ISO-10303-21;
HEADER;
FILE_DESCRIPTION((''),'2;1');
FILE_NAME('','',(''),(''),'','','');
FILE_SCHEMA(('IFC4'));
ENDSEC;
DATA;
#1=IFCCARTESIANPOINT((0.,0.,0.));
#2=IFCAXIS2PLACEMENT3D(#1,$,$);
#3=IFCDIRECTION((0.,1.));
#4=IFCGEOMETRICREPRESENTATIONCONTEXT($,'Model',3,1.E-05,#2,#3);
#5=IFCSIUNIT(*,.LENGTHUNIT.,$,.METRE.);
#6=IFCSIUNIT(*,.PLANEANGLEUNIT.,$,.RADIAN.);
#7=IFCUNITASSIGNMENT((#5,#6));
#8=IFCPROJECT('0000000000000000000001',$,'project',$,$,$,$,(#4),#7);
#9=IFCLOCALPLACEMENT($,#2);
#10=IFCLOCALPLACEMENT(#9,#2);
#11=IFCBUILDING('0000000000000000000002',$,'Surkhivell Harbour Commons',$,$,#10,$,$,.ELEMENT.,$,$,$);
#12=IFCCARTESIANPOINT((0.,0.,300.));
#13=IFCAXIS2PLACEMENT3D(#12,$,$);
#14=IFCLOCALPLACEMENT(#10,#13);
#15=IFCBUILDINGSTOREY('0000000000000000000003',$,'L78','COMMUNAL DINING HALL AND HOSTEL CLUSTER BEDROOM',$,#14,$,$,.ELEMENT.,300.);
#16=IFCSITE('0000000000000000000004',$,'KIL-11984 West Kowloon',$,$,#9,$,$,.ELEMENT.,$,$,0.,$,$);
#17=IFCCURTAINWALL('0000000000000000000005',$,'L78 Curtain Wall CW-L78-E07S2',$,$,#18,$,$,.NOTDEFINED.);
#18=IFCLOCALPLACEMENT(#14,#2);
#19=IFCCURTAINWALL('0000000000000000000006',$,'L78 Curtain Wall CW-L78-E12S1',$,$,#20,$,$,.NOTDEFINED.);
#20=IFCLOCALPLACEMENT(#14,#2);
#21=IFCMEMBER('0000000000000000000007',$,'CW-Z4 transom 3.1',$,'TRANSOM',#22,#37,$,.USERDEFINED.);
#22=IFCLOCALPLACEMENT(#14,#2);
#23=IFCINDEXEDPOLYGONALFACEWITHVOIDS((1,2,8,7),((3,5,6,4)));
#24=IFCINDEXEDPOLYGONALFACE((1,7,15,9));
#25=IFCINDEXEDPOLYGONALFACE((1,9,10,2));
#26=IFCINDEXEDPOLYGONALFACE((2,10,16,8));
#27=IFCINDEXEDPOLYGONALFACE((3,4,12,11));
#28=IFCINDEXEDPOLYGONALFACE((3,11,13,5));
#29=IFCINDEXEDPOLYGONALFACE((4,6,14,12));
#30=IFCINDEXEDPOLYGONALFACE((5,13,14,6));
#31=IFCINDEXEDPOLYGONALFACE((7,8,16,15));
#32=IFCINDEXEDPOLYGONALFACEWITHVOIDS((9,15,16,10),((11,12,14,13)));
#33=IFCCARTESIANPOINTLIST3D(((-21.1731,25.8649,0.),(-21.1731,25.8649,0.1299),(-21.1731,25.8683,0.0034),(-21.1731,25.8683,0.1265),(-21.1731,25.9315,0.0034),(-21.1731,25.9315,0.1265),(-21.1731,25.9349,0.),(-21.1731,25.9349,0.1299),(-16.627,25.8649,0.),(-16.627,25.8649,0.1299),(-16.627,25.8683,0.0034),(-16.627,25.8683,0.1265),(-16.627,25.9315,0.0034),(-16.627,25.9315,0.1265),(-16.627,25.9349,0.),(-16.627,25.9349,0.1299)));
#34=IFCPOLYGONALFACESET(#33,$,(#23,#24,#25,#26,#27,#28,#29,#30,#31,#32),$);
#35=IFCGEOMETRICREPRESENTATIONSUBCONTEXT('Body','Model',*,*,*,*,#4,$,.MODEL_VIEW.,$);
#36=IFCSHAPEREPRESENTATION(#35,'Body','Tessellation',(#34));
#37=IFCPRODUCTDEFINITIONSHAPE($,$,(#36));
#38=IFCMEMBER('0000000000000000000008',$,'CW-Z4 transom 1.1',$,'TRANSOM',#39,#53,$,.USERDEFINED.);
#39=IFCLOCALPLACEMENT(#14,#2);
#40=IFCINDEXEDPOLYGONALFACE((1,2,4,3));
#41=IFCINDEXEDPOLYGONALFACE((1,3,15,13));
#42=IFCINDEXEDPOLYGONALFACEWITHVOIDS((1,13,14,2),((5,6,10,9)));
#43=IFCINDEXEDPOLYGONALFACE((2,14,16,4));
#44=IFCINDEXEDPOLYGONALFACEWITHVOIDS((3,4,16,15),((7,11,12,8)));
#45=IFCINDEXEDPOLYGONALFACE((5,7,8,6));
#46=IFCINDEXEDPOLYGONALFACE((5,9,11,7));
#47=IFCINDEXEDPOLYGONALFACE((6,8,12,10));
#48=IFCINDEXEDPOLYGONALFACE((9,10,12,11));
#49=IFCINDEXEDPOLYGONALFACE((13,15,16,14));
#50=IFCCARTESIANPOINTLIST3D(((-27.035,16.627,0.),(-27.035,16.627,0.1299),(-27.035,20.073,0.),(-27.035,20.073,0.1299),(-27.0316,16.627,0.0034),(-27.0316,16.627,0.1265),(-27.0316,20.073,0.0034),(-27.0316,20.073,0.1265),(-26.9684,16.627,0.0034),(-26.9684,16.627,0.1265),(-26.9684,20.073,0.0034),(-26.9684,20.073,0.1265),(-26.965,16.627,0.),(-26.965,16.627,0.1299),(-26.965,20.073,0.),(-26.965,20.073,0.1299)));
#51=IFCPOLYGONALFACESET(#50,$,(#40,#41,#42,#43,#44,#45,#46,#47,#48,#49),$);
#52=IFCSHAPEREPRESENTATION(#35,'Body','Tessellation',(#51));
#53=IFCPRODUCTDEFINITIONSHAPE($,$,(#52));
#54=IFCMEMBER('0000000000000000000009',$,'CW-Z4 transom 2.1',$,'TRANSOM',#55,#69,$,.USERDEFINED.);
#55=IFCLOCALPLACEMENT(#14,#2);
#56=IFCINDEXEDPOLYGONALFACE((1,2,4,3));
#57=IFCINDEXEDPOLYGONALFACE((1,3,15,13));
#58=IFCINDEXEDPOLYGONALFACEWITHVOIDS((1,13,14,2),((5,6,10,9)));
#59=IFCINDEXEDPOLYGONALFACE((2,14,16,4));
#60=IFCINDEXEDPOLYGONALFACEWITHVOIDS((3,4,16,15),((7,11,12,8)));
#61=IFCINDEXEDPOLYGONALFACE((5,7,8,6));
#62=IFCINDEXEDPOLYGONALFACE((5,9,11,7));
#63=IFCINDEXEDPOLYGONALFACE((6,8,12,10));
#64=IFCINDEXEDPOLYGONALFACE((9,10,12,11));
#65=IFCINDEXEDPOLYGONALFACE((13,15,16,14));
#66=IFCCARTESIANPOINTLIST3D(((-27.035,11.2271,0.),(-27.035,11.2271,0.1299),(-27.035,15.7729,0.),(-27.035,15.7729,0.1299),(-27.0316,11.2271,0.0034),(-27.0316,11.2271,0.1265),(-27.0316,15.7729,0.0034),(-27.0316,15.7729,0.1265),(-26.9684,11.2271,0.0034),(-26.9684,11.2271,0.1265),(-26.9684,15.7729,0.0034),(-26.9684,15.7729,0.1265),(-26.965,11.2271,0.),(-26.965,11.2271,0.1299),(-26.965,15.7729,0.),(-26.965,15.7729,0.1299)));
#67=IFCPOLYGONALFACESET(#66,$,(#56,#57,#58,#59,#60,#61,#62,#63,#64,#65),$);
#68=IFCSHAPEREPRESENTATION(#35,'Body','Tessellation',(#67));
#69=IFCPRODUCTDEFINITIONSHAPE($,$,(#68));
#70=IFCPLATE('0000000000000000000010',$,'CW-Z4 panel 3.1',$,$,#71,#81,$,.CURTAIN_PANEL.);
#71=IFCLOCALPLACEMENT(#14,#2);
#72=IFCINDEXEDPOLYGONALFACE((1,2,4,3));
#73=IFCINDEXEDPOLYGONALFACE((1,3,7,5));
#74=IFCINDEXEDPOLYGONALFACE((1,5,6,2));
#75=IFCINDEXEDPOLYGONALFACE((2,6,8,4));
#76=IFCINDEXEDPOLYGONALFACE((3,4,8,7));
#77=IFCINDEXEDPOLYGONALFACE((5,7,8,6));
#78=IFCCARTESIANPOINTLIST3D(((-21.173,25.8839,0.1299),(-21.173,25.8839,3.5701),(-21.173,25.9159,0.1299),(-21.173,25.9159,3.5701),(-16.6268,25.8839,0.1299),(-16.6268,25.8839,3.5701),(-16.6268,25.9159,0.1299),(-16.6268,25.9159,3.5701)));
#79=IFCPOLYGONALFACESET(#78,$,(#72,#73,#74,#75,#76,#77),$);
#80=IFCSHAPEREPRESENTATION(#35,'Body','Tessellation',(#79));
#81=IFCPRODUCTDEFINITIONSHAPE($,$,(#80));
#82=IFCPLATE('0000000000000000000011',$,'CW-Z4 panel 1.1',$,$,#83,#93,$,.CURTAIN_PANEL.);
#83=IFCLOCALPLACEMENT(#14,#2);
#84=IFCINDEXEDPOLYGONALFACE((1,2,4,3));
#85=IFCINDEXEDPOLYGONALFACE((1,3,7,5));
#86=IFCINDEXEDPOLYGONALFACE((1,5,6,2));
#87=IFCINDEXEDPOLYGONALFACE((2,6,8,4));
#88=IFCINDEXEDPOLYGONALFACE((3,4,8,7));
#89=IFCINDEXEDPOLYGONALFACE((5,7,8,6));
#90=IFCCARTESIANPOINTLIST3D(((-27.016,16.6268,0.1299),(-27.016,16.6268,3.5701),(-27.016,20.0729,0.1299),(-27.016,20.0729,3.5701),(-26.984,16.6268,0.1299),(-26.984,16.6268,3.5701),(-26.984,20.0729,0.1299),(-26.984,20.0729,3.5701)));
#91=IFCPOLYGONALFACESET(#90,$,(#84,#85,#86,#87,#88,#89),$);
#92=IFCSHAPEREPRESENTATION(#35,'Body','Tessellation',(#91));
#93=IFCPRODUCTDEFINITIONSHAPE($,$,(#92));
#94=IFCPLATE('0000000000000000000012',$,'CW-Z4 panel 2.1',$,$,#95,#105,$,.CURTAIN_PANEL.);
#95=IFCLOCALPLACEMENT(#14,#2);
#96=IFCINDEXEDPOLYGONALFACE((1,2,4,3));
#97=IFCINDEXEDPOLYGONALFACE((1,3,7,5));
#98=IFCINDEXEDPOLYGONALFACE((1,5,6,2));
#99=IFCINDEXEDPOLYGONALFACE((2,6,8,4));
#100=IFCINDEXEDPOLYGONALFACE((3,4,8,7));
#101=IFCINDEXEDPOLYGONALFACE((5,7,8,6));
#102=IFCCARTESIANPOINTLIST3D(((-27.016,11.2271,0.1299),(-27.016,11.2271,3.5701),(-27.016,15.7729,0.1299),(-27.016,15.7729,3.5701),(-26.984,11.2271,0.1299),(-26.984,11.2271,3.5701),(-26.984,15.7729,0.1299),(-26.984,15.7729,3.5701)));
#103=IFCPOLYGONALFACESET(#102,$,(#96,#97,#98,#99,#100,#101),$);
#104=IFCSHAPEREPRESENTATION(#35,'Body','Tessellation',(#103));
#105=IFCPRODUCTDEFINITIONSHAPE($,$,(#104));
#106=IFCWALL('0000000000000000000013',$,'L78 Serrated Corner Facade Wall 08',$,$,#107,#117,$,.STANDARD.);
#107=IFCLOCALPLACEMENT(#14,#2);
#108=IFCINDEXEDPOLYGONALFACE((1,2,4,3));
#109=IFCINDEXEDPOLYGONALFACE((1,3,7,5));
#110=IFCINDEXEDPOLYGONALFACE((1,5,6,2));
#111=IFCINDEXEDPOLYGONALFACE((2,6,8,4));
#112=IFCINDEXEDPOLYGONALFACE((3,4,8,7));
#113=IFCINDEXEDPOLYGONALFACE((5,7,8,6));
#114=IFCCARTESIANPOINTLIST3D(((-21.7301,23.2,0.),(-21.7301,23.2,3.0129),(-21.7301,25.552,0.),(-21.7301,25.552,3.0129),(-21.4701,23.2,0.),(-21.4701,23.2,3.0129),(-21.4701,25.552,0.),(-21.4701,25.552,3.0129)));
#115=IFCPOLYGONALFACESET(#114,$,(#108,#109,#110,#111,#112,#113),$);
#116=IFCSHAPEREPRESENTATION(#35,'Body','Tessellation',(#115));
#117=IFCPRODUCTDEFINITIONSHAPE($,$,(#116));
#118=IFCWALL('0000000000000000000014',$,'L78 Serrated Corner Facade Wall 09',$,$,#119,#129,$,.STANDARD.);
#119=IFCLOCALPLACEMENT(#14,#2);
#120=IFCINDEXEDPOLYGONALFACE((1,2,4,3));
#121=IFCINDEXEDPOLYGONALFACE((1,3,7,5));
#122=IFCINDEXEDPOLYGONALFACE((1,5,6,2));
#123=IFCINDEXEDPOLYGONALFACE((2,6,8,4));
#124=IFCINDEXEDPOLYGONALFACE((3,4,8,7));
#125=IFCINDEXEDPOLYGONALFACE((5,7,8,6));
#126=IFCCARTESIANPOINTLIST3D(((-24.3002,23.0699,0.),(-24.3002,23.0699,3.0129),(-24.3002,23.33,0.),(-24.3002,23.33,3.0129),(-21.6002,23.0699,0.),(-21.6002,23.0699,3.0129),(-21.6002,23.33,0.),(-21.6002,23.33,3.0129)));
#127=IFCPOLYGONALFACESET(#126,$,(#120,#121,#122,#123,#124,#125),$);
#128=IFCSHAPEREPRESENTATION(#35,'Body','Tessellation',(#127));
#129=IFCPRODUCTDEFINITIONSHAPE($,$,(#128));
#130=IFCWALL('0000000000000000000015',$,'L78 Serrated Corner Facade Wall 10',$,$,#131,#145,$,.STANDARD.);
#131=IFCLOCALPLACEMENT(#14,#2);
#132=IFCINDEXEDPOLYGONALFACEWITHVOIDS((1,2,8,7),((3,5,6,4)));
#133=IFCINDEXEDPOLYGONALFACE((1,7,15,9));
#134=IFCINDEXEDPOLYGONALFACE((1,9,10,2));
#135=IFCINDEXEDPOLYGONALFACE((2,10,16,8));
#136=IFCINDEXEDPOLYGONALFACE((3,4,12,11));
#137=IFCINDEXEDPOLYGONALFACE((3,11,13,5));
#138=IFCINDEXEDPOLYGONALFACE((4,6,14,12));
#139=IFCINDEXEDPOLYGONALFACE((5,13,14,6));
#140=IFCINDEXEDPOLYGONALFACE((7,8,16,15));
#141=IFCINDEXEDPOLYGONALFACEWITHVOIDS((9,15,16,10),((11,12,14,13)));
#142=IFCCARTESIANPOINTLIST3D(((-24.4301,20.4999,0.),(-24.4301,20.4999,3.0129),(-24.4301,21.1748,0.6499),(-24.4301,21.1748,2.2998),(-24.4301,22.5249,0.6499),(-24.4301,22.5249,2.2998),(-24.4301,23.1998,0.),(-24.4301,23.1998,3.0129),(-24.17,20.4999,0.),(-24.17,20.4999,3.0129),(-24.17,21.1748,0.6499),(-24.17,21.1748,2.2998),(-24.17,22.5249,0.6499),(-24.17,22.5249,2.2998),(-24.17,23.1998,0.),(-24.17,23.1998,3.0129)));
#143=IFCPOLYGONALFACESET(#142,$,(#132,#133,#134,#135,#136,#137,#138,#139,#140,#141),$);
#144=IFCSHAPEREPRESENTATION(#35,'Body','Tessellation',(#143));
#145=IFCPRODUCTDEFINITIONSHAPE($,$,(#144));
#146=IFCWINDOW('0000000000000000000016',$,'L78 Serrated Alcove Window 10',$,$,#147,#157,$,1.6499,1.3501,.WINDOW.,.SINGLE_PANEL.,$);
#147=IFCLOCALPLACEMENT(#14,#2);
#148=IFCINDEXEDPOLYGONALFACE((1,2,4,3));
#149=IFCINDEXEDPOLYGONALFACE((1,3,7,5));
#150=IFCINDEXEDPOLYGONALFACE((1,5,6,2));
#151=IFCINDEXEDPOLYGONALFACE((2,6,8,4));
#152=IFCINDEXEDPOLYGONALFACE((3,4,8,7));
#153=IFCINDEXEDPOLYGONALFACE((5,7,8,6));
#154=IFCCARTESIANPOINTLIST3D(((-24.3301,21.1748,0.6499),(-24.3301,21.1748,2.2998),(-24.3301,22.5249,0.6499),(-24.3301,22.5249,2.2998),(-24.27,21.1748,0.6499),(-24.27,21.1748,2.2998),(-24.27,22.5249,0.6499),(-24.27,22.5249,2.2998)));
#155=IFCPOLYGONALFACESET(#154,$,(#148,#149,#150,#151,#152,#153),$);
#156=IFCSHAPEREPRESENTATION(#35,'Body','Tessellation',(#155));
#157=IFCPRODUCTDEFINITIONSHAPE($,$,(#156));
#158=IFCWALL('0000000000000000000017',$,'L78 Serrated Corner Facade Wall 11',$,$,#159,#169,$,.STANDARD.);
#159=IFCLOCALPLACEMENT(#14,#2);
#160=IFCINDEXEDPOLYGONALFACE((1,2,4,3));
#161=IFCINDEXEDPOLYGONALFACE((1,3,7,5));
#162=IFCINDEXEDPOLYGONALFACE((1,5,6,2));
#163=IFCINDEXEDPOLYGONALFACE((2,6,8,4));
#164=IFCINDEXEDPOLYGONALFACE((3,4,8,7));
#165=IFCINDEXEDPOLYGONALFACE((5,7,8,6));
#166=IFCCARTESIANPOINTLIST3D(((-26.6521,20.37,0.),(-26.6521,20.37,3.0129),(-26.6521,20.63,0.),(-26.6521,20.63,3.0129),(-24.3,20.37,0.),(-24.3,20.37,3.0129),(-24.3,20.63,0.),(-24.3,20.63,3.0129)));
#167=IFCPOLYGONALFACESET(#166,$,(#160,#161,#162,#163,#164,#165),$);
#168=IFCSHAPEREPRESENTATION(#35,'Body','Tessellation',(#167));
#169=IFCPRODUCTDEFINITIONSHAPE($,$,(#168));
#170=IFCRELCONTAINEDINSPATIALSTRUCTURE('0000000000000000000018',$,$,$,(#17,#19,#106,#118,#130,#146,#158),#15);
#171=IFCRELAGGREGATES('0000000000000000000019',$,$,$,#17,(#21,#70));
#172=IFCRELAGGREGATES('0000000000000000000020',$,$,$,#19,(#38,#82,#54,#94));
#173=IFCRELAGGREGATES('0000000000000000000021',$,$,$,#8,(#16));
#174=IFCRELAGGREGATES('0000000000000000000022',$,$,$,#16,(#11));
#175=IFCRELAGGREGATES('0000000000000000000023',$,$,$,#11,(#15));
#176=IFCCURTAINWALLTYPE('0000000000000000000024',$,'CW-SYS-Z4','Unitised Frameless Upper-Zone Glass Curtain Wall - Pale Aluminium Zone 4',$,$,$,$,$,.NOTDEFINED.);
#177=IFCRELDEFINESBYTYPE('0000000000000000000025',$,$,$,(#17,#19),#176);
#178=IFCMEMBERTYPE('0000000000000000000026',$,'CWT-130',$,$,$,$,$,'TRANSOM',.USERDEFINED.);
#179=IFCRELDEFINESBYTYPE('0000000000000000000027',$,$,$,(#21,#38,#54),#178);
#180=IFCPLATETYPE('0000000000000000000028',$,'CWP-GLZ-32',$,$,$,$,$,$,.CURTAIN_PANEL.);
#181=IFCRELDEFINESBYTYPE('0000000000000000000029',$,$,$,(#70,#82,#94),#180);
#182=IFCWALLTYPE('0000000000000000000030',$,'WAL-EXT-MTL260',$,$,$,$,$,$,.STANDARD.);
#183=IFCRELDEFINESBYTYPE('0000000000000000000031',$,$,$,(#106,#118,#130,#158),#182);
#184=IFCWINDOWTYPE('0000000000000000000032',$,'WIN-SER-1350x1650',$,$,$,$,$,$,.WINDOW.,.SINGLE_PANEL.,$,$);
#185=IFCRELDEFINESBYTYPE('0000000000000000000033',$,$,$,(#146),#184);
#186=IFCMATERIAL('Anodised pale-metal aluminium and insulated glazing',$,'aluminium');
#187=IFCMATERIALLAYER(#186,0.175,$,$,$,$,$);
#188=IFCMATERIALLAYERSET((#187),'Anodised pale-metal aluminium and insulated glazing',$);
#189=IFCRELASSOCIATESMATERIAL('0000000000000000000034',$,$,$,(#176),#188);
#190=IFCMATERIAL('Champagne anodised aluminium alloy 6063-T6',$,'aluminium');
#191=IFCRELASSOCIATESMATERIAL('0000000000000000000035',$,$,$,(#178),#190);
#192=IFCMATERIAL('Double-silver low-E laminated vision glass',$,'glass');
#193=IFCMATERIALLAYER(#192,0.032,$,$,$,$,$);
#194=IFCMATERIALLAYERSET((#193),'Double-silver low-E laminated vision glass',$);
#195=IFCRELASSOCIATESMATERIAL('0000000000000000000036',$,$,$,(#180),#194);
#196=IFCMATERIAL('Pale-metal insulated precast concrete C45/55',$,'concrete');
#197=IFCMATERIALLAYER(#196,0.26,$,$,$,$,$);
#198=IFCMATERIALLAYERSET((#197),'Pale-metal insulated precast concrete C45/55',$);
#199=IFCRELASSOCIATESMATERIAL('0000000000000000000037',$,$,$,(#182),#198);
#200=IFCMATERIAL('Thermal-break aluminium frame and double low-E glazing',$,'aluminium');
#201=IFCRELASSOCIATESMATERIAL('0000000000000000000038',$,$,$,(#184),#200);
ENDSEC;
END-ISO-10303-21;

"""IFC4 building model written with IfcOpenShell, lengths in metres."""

from ifc_helpers import new_model, si_unit, direction, frame, frame_2d, origin, origin_2d, place, context, subcontext, project, spatial, rectangle, hollow_rectangle, extrude, material, layer, layer_set, material_profile, profile_set, type_object, element, fill, aggregate, save


model = new_model("IFC4")

# Units and contexts
model_context = context("Model", 3, precision=1e-05, world=origin(), true_north=direction((0.0, 1.0)))
body_context = subcontext(model_context, "Body", "Model", "MODEL_VIEW")
ifc_project = project(units=[si_unit("LENGTHUNIT", "METRE"), si_unit("PLANEANGLEUNIT", "RADIAN")], contexts=[model_context])

# Site, building, storey
site_placement = place(None, origin())
site = spatial("IfcSite", under=ifc_project, at=site_placement, Name="KIL-11984 West Kowloon", CompositionType="ELEMENT", RefElevation=0.0)
building_placement = place(site_placement, origin())
building = spatial("IfcBuilding", under=site, at=building_placement, Name="Surkhivell Harbour Commons", CompositionType="ELEMENT")
storey_placement = place(building_placement, frame((0.0, 0.0, 300.0)))
storey = spatial("IfcBuildingStorey", under=building, at=storey_placement, Name="L78", Description="COMMUNAL DINING HALL AND HOSTEL CLUSTER BEDROOM", CompositionType="ELEMENT", Elevation=300.0)

# Curtain wall
ifc_material_1 = material(Name="Anodised pale-metal aluminium and insulated glazing", Category="aluminium")
ifc_layer_1 = layer(ifc_material_1, 0.175)
ifc_layer_set_1 = layer_set([ifc_layer_1], Name="Anodised pale-metal aluminium and insulated glazing")
curtain_wall_type = type_object("IfcCurtainWallType", Name="CW-SYS-Z4", Description="Unitised Frameless Upper-Zone Glass Curtain Wall - Pale Aluminium Zone 4", PredefinedType="NOTDEFINED", material=ifc_layer_set_1)
curtain_wall_1_placement = place(storey_placement, origin())
curtain_wall_1 = element("IfcCurtainWall", 1, at=curtain_wall_1_placement, inside=storey, type_object=curtain_wall_type, Name="L78 Curtain Wall CW-L78-E07S2", PredefinedType="NOTDEFINED")

# Curtain wall
curtain_wall_2_placement = place(storey_placement, origin())
curtain_wall_2 = element("IfcCurtainWall", 2, at=curtain_wall_2_placement, inside=storey, type_object=curtain_wall_type, Name="L78 Curtain Wall CW-L78-E12S1", PredefinedType="NOTDEFINED")

# Members
ifc_material_2 = material(Name="Champagne anodised aluminium alloy 6063-T6", Category="aluminium")
ifc_material_profile_1 = material_profile(ifc_material_2, hollow_rectangle(XDim=0.0701, YDim=0.1299, WallThickness=0.0034, at=origin_2d()), Name="ALU-TRAN-70x130")
ifc_profile_set_1 = profile_set([ifc_material_profile_1], Name="Champagne anodised aluminium alloy 6063-T6")
member_type_1 = type_object("IfcMemberType", Name="CWT-130", ElementType="TRANSOM", PredefinedType="USERDEFINED", material=ifc_profile_set_1)
member_1_placement = place(storey_placement, frame((-16.627, 25.8999, 0.0649), z_axis=(-1.0, 0.0, 0.0), x_axis=(0.0, -1.0, 0.0)))
member_1 = element("IfcMember", 3, at=member_1_placement, type_object=member_type_1, Name="CW-Z4 transom 3.1", ObjectType="TRANSOM", PredefinedType="USERDEFINED", context=body_context, shape_type="SweptSolid", body=[
    extrude(hollow_rectangle(XDim=0.0701, YDim=0.1299, WallThickness=0.0034, at=origin_2d()), origin(), (0.0, 0.0, 1.0), 4.5461),
])
member_2_placement = place(storey_placement, frame((-27.0, 20.073, 0.0649), z_axis=(0.0, -1.0, 0.0), x_axis=(1.0, 0.0, 0.0)))
member_2 = element("IfcMember", 4, at=member_2_placement, type_object=member_type_1, Name="CW-Z4 transom 1.1", ObjectType="TRANSOM", PredefinedType="USERDEFINED", context=body_context, shape_type="SweptSolid", body=[
    extrude(hollow_rectangle(XDim=0.0701, YDim=0.1299, WallThickness=0.0034, at=origin_2d()), origin(), (0.0, 0.0, 1.0), 3.446),
])
member_3_placement = place(storey_placement, frame((-27.0, 15.7729, 0.0649), z_axis=(0.0, -1.0, 0.0), x_axis=(1.0, 0.0, 0.0)))
member_3 = element("IfcMember", 5, at=member_3_placement, type_object=member_type_1, Name="CW-Z4 transom 2.1", ObjectType="TRANSOM", PredefinedType="USERDEFINED", context=body_context, shape_type="SweptSolid", body=[
    extrude(hollow_rectangle(XDim=0.0701, YDim=0.1299, WallThickness=0.0034, at=origin_2d()), origin(), (0.0, 0.0, 1.0), 4.5459),
])

# Plates
ifc_material_3 = material(Name="Double-silver low-E laminated vision glass", Category="glass")
ifc_layer_2 = layer(ifc_material_3, 0.032)
ifc_layer_set_2 = layer_set([ifc_layer_2], Name="Double-silver low-E laminated vision glass")
plate_type = type_object("IfcPlateType", Name="CWP-GLZ-32", PredefinedType="CURTAIN_PANEL", material=ifc_layer_set_2)
plate_1_placement = place(storey_placement, frame((-16.627, 25.8999, 0.1299), z_axis=(0.0, 0.0, 1.0), x_axis=(-1.0, 0.0, 0.0)))
plate_1 = element("IfcPlate", 6, at=plate_1_placement, type_object=plate_type, Name="CW-Z4 panel 3.1", PredefinedType="CURTAIN_PANEL", context=body_context, shape_type="SweptSolid", body=[
    extrude(rectangle(XDim=4.5461, YDim=0.032, at=frame_2d((2.2729, 0.0))), origin(), (0.0, 0.0, 1.0), 3.4402),
])
aggregate(curtain_wall_1, [member_1, plate_1])
plate_2_placement = place(storey_placement, frame((-27.0, 20.073, 0.1299), z_axis=(0.0, 0.0, 1.0), x_axis=(0.0, -1.0, 0.0)))
plate_2 = element("IfcPlate", 7, at=plate_2_placement, type_object=plate_type, Name="CW-Z4 panel 1.1", PredefinedType="CURTAIN_PANEL", context=body_context, shape_type="SweptSolid", body=[
    extrude(rectangle(XDim=3.446, YDim=0.032, at=frame_2d((1.7231, 0.0))), origin(), (0.0, 0.0, 1.0), 3.4402),
])
plate_3_placement = place(storey_placement, frame((-27.0, 15.7729, 0.1299), z_axis=(0.0, 0.0, 1.0), x_axis=(0.0, -1.0, 0.0)))
plate_3 = element("IfcPlate", 8, at=plate_3_placement, type_object=plate_type, Name="CW-Z4 panel 2.1", PredefinedType="CURTAIN_PANEL", context=body_context, shape_type="SweptSolid", body=[
    extrude(rectangle(XDim=4.5459, YDim=0.032, at=frame_2d((2.2729, 0.0))), origin(), (0.0, 0.0, 1.0), 3.4402),
])
aggregate(curtain_wall_2, [member_2, plate_2, member_3, plate_3])

# Walls
ifc_material_4 = material(Name="Pale-metal insulated precast concrete C45/55", Category="concrete")
ifc_layer_3 = layer(ifc_material_4, 0.26)
ifc_layer_set_3 = layer_set([ifc_layer_3], Name="Pale-metal insulated precast concrete C45/55")
wall_type = type_object("IfcWallType", Name="WAL-EXT-MTL260", PredefinedType="STANDARD", material=ifc_layer_set_3)
wall_1_placement = place(storey_placement, frame((-21.6001, 25.552, 0.0), z_axis=(0.0, 0.0, 1.0), x_axis=(0.0, -1.0, 0.0)))
element("IfcWall", 9, at=wall_1_placement, inside=storey, type_object=wall_type, Name="L78 Serrated Corner Facade Wall 08", PredefinedType="STANDARD", context=body_context, shape_type="SweptSolid", body=[
    extrude(rectangle(XDim=2.3521, YDim=0.26, at=frame_2d((1.176, 0.0))), origin(), (0.0, 0.0, 1.0), 3.0129),
])
wall_2_placement = place(storey_placement, frame((-21.6001, 23.2, 0.0), z_axis=(0.0, 0.0, 1.0), x_axis=(-1.0, 0.0, 0.0)))
element("IfcWall", 10, at=wall_2_placement, inside=storey, type_object=wall_type, Name="L78 Serrated Corner Facade Wall 09", PredefinedType="STANDARD", context=body_context, shape_type="SweptSolid", body=[
    extrude(rectangle(XDim=2.7, YDim=0.26, at=frame_2d((1.3501, 0.0))), origin(), (0.0, 0.0, 1.0), 3.0129),
])

# Wall, opening, window
wall_3_placement = place(storey_placement, frame((-24.3, 23.2, 0.0), z_axis=(0.0, 0.0, 1.0), x_axis=(0.0, -1.0, 0.0)))
wall_3 = element("IfcWall", 11, at=wall_3_placement, inside=storey, type_object=wall_type, Name="L78 Serrated Corner Facade Wall 10", PredefinedType="STANDARD", context=body_context, shape_type="SweptSolid", body=[
    extrude(rectangle(XDim=2.7, YDim=0.26, at=frame_2d((1.3501, 0.0))), origin(), (0.0, 0.0, 1.0), 3.0129),
])
opening_placement = place(wall_3_placement, frame((0.675, 0.0, 0.6499)))
opening = element("IfcOpeningElement", 12, at=opening_placement, cuts=wall_3, PredefinedType="OPENING", context=body_context, shape_type="SweptSolid", body=[
    extrude(rectangle(XDim=1.3501, YDim=1.6499, at=frame_2d((0.675, 0.825))), frame((0.0, 0.1399, 0.0), z_axis=(0.0, -1.0, 0.0), x_axis=(1.0, 0.0, 0.0)), (0.0, 0.0, 1.0), 0.28),
])
ifc_material_5 = material(Name="Thermal-break aluminium frame and double low-E glazing", Category="aluminium")
window_type = type_object("IfcWindowType", Name="WIN-SER-1350x1650", PartitioningType="SINGLE_PANEL", PredefinedType="WINDOW", material=ifc_material_5)
window_placement = place(opening_placement, origin())
window = element("IfcWindow", 13, at=window_placement, inside=storey, type_object=window_type, Name="L78 Serrated Alcove Window 10", OverallHeight=1.6499, OverallWidth=1.3501, PartitioningType="SINGLE_PANEL", PredefinedType="WINDOW", context=body_context, shape_type="SweptSolid", body=[
    extrude(rectangle(XDim=1.3501, YDim=1.6499, at=frame_2d((0.675, 0.825))), frame((0.0, 0.03, 0.0), z_axis=(0.0, -1.0, 0.0), x_axis=(1.0, 0.0, 0.0)), (0.0, 0.0, 1.0), 0.0601),
])
fill(opening, window)

# Wall
wall_4_placement = place(storey_placement, frame((-24.3, 20.5, 0.0), z_axis=(0.0, 0.0, 1.0), x_axis=(-1.0, 0.0, 0.0)))
element("IfcWall", 14, at=wall_4_placement, inside=storey, type_object=wall_type, Name="L78 Serrated Corner Facade Wall 11", PredefinedType="STANDARD", context=body_context, shape_type="SweptSolid", body=[
    extrude(rectangle(XDim=2.3521, YDim=0.26, at=frame_2d((1.176, 0.0))), origin(), (0.0, 0.0, 1.0), 3.0129),
])

save(model, "model.ifc")
